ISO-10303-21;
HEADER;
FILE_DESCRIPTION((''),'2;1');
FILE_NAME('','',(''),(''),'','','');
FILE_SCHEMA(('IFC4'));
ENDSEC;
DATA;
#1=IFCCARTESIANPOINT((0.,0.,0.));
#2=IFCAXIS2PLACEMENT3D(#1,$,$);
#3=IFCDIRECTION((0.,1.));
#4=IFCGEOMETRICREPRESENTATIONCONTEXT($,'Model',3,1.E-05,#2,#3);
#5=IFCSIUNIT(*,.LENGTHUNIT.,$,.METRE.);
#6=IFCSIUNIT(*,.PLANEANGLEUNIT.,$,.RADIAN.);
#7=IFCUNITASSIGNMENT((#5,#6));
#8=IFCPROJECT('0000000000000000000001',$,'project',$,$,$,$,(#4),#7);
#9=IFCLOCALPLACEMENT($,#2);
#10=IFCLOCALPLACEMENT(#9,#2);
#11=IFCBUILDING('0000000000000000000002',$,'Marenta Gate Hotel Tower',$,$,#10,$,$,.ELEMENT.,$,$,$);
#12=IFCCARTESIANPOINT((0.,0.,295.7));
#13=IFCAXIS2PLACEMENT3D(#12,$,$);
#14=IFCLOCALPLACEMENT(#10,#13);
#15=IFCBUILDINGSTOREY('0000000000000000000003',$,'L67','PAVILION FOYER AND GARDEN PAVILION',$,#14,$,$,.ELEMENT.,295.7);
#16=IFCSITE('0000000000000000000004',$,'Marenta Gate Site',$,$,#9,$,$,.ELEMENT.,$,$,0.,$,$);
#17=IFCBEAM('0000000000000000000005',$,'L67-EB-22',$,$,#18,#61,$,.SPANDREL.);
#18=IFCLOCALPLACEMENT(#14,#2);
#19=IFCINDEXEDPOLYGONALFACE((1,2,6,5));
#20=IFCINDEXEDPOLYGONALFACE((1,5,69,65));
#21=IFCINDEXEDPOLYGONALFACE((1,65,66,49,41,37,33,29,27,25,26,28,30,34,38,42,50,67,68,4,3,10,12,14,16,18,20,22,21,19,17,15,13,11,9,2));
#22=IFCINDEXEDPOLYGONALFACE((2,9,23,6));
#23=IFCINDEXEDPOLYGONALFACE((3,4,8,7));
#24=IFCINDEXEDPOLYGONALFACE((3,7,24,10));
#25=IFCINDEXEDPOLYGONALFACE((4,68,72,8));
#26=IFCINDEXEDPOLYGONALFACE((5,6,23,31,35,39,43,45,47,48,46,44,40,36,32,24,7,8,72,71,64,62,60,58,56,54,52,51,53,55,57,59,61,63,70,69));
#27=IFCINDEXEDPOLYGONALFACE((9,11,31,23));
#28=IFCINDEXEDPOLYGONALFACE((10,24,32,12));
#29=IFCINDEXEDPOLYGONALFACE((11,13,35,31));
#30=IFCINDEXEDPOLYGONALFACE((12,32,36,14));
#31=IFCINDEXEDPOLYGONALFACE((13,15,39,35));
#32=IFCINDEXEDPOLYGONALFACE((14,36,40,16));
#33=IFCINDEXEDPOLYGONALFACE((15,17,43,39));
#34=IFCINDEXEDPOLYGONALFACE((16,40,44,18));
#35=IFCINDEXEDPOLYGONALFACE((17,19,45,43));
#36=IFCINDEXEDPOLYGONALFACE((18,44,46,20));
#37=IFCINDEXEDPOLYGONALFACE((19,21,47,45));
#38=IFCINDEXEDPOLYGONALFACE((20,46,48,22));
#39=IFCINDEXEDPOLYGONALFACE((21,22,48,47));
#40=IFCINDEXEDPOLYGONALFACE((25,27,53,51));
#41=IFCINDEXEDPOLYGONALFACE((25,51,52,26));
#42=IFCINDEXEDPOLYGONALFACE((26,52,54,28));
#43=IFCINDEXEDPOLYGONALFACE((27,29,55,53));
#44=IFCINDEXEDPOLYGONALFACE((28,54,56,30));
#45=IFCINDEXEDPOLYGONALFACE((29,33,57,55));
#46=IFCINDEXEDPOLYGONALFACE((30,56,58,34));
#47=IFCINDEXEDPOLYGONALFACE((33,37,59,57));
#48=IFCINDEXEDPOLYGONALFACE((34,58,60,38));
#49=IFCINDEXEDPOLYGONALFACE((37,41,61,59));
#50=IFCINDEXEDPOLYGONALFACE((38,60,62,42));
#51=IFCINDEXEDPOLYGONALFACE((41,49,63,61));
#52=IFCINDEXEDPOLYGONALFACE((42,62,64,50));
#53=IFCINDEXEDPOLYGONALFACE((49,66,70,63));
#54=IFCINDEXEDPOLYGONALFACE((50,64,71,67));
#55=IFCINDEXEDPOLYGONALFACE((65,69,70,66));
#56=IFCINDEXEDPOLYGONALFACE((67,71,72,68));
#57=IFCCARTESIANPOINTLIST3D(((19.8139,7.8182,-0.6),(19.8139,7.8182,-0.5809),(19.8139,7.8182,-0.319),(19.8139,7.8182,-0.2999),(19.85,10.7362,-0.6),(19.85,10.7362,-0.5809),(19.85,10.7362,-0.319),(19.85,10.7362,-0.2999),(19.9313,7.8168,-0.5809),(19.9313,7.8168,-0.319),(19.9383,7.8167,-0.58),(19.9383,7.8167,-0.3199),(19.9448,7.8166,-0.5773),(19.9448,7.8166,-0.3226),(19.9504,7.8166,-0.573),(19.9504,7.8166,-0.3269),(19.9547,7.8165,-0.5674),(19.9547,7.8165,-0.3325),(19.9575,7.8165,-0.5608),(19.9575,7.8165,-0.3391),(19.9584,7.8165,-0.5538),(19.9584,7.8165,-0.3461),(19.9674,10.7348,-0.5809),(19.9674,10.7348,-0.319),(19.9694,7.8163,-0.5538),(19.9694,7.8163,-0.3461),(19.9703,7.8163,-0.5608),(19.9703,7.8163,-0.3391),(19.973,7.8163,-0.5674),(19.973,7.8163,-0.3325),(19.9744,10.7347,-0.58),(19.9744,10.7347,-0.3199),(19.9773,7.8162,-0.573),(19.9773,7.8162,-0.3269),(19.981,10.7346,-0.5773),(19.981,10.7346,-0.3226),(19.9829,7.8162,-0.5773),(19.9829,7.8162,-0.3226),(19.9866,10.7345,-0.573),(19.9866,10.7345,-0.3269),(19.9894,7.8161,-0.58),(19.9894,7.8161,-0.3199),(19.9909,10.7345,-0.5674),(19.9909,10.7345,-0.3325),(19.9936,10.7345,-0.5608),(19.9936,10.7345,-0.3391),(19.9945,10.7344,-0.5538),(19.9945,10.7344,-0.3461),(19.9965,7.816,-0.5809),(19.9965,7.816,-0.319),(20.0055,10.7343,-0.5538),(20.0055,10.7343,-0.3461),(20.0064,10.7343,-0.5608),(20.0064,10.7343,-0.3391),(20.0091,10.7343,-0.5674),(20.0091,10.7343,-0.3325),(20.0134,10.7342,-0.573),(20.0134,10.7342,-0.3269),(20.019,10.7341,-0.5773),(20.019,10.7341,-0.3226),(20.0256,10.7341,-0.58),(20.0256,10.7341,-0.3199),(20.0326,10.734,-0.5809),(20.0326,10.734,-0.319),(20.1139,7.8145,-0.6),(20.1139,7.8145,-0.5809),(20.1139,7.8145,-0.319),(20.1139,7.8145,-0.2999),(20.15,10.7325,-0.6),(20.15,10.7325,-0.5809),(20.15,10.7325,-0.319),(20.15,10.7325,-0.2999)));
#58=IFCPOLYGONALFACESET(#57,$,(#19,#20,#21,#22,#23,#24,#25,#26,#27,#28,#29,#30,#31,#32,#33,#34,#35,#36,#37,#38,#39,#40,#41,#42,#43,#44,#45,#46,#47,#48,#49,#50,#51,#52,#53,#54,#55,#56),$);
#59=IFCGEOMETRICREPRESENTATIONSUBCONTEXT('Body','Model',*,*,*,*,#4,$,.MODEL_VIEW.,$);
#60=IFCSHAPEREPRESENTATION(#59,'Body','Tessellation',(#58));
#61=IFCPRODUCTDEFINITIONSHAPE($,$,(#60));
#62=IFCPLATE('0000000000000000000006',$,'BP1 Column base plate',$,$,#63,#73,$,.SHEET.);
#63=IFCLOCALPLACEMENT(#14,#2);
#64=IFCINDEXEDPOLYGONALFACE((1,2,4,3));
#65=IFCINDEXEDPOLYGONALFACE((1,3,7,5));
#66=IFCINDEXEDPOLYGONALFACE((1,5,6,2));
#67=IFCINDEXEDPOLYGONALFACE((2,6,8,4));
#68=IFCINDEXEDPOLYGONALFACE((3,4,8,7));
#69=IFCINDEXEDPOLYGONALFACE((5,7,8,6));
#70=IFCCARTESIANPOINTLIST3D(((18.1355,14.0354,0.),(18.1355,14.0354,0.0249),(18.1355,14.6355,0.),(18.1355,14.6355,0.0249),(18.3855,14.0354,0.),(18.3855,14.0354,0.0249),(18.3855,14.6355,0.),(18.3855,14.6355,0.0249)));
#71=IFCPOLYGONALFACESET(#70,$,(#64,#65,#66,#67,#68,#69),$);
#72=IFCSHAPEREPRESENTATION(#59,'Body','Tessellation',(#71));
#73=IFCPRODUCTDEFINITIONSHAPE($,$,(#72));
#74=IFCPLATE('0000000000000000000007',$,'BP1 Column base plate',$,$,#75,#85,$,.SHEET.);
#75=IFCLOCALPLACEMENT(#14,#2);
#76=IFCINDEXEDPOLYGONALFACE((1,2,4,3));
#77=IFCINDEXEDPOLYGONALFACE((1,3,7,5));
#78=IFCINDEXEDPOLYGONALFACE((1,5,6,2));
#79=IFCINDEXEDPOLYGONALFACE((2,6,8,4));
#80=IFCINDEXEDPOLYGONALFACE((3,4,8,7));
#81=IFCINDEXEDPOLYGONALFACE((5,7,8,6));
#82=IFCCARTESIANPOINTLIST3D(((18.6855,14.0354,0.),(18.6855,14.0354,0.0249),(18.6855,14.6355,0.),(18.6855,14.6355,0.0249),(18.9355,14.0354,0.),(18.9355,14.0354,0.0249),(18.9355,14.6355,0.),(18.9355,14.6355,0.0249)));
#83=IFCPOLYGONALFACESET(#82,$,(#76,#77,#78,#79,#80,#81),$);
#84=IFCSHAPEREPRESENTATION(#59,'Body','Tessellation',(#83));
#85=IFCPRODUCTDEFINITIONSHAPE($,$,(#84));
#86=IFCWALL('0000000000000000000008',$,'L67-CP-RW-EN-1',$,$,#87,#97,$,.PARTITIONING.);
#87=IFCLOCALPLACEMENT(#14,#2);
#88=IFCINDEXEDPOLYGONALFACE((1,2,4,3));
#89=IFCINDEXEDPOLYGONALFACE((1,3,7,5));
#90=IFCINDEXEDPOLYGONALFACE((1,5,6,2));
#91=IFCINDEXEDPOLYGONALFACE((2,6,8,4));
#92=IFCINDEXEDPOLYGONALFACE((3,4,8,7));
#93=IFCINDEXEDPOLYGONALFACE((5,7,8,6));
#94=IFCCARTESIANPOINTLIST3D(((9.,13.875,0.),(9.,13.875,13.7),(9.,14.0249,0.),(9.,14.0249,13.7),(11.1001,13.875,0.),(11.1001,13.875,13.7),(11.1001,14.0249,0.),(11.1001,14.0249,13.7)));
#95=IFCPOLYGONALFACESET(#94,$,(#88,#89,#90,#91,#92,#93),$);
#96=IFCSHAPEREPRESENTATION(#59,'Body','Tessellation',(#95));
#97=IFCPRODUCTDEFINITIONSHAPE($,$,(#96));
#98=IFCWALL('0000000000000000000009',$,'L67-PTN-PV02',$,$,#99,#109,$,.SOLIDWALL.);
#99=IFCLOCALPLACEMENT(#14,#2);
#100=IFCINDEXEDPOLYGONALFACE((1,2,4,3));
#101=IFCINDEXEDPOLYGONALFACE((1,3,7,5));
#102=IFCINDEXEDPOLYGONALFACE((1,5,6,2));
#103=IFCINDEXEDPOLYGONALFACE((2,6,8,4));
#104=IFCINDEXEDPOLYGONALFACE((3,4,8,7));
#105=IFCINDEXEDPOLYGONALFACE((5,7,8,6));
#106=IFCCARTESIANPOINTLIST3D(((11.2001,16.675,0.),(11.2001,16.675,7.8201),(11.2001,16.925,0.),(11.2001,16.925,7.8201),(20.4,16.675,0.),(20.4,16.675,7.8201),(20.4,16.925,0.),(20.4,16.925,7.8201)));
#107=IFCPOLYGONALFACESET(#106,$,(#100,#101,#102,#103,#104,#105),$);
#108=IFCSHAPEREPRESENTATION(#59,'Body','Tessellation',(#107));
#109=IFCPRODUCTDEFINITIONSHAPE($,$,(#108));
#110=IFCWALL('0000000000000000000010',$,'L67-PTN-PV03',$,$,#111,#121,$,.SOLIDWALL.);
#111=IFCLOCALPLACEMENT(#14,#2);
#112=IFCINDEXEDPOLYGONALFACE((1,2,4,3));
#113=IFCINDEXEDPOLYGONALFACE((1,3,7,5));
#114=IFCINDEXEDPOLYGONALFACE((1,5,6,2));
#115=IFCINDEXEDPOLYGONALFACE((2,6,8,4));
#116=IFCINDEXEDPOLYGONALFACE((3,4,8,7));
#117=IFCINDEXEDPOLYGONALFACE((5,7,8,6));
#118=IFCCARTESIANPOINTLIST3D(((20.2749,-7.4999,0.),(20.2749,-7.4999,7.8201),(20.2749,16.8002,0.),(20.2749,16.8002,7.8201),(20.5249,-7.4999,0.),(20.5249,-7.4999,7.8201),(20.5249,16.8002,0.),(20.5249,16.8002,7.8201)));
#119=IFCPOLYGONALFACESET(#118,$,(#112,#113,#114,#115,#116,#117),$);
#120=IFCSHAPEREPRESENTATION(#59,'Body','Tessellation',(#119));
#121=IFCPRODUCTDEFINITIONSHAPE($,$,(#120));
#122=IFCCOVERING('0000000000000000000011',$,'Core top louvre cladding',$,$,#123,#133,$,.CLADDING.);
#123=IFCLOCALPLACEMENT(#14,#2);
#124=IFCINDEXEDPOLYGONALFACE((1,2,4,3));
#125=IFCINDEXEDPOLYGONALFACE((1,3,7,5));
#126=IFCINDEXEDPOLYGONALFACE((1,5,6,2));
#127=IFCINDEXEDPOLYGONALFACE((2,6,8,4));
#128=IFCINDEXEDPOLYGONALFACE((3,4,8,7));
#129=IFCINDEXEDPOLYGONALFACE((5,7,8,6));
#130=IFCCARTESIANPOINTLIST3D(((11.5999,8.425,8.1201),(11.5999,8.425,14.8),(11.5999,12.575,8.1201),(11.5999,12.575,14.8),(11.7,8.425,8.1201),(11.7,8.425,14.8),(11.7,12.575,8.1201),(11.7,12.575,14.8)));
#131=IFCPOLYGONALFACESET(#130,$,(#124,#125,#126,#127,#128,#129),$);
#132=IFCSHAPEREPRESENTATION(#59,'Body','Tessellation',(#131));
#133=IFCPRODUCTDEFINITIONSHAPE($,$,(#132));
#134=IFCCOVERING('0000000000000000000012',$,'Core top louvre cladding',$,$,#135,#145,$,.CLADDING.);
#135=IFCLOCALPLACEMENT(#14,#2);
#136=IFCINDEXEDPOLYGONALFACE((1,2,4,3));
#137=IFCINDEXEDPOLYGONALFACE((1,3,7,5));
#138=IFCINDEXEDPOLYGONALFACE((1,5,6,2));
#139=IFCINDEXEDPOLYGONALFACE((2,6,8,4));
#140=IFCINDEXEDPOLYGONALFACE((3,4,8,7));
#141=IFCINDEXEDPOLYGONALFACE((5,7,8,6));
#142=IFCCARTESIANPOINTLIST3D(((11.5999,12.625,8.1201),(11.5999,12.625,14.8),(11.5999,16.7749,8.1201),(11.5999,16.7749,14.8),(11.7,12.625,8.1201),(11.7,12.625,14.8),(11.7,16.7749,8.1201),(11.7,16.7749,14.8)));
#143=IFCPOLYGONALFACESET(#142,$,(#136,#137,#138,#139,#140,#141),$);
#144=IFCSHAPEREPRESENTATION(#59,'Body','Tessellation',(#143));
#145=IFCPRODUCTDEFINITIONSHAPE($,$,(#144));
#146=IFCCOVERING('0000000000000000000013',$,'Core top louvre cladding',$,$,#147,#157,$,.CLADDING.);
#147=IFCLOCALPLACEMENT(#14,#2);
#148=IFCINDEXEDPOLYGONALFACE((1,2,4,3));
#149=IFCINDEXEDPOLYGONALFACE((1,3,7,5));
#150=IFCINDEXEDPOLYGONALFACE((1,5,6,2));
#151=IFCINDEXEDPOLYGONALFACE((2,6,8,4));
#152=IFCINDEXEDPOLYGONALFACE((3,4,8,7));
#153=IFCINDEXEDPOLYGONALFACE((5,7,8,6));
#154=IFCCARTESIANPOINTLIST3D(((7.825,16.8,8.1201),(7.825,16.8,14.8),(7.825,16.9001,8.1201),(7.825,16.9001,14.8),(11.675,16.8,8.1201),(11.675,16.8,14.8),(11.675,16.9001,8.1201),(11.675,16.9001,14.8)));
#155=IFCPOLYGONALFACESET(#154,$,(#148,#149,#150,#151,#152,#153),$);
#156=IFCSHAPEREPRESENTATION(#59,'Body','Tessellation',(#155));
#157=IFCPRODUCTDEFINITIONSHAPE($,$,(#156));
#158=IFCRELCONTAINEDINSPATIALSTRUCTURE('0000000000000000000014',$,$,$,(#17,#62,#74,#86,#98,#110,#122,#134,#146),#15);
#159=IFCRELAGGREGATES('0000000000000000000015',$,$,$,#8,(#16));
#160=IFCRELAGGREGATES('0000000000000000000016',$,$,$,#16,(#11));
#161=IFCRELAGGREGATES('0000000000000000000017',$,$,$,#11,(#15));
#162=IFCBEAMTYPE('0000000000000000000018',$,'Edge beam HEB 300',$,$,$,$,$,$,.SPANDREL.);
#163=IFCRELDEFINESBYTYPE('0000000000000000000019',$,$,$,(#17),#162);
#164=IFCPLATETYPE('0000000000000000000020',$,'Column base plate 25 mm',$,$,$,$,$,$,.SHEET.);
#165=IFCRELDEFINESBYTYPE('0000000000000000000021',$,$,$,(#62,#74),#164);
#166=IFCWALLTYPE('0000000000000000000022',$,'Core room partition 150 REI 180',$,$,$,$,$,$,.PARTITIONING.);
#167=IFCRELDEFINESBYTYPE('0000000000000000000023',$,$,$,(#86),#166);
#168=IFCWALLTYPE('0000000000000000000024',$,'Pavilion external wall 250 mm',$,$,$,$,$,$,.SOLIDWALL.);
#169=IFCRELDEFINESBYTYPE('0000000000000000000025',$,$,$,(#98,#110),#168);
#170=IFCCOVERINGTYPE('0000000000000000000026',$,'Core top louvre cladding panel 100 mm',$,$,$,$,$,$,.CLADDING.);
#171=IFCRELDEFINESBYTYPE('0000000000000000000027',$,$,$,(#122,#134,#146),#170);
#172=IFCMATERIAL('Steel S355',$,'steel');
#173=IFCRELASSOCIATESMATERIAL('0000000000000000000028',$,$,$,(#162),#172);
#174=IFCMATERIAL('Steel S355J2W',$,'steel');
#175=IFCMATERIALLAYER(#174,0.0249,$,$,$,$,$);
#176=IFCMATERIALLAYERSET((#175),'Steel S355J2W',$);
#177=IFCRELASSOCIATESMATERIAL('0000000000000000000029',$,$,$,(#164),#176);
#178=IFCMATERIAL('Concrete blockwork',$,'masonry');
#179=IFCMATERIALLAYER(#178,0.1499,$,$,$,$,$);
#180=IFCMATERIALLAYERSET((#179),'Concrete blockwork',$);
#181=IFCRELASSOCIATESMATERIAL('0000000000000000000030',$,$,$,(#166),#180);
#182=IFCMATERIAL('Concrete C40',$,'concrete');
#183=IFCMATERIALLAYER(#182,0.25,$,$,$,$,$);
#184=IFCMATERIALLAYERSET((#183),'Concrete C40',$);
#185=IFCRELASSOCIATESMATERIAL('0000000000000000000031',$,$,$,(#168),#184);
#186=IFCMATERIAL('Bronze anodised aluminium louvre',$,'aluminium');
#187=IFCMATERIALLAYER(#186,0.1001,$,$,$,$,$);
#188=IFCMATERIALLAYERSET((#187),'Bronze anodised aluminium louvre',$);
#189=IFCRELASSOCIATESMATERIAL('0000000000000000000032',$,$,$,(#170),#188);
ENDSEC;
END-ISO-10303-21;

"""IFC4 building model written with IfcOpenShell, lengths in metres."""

from ifc_helpers import new_model, si_unit, direction, frame, frame_2d, origin, origin_2d, place, context, subcontext, project, spatial, rectangle, i_section, extrude, material, layer, layer_set, material_profile, profile_set, type_object, element, save


model = new_model("IFC4")

# Units and contexts
model_context = context("Model", 3, precision=1e-05, world=origin(), true_north=direction((0.0, 1.0)))
body_context = subcontext(model_context, "Body", "Model", "MODEL_VIEW")
ifc_project = project(units=[si_unit("LENGTHUNIT", "METRE"), si_unit("PLANEANGLEUNIT", "RADIAN")], contexts=[model_context])

# Site, building, storey
site_placement = place(None, origin())
site = spatial("IfcSite", under=ifc_project, at=site_placement, Name="Marenta Gate Site", CompositionType="ELEMENT", RefElevation=0.0)
building_placement = place(site_placement, origin())
building = spatial("IfcBuilding", under=site, at=building_placement, Name="Marenta Gate Hotel Tower", CompositionType="ELEMENT")
storey_placement = place(building_placement, frame((0.0, 0.0, 295.7)))
storey = spatial("IfcBuildingStorey", under=building, at=storey_placement, Name="L67", Description="PAVILION FOYER AND GARDEN PAVILION", CompositionType="ELEMENT", Elevation=295.7)

# Beam
ifc_material_1 = material(Name="Steel S355", Category="steel")
ifc_material_profile_1 = material_profile(ifc_material_1, i_section(OverallWidth=0.3, OverallDepth=0.3, WebThickness=0.011, FlangeThickness=0.019, FilletRadius=0.0271, at=origin_2d()), Name="HEB 300")
ifc_profile_set_1 = profile_set([ifc_material_profile_1], Name="Steel S355")
beam_type_1 = type_object("IfcBeamType", Name="Edge beam HEB 300", PredefinedType="SPANDREL", material=ifc_profile_set_1)
beam_1_placement = place(storey_placement, frame((20.0, 10.7344, -0.45), z_axis=(-0.012382, -0.999923, 0.0), x_axis=(0.999923, -0.012382, 0.0)))
element("IfcBeam", 1, at=beam_1_placement, inside=storey, type_object=beam_type_1, Name="L67-EB-22", PredefinedType="SPANDREL", context=body_context, shape_type="SweptSolid", body=[
    extrude(i_section(OverallWidth=0.3, OverallDepth=0.3, WebThickness=0.011, FlangeThickness=0.019, FilletRadius=0.0271, at=origin_2d()), origin(), (0.0, 0.0, 1.0), 2.9182),
])

# Plates
ifc_material_2 = material(Name="Steel S355J2W", Category="steel")
ifc_layer_1 = layer(ifc_material_2, 0.0249)
ifc_layer_set_1 = layer_set([ifc_layer_1], Name="Steel S355J2W")
plate_type = type_object("IfcPlateType", Name="Column base plate 25 mm", PredefinedType="SHEET", material=ifc_layer_set_1)
for number, where, z_axis, x_axis, name in (
    (2, (18.2605, 14.3354, 0.0), (0.0, 0.0, 1.0), (1.0, 0.0, 0.0), "BP1 Column base plate"),
    (3, (18.8105, 14.3354, 0.0), (0.0, 0.0, 1.0), (1.0, 0.0, 0.0), "BP1 Column base plate"),
):
    element("IfcPlate", number, at=place(storey_placement, frame(where, z_axis=z_axis, x_axis=x_axis)), inside=storey, type_object=plate_type, Name=name, PredefinedType="SHEET", context=body_context, shape_type="SweptSolid", body=[
        extrude(rectangle(XDim=0.25, YDim=0.6001, at=origin_2d()), origin(), (0.0, 0.0, 1.0), 0.0249),
    ])

# Walls
ifc_material_3 = material(Name="Concrete blockwork", Category="masonry")
ifc_layer_2 = layer(ifc_material_3, 0.1499)
ifc_layer_set_2 = layer_set([ifc_layer_2], Name="Concrete blockwork")
wall_type_1 = type_object("IfcWallType", Name="Core room partition 150 REI 180", PredefinedType="PARTITIONING", material=ifc_layer_set_2)
wall_1_placement = place(storey_placement, frame((9.0, 13.95, 0.0), z_axis=(0.0, 0.0, 1.0), x_axis=(1.0, 0.0, 0.0)))
element("IfcWall", 4, at=wall_1_placement, inside=storey, type_object=wall_type_1, Name="L67-CP-RW-EN-1", PredefinedType="PARTITIONING", context=body_context, shape_type="SweptSolid", body=[
    extrude(rectangle(XDim=2.1001, YDim=0.1499, at=frame_2d((1.05, 0.0))), origin(), (0.0, 0.0, 1.0), 13.7),
])
ifc_material_4 = material(Name="Concrete C40", Category="concrete")
ifc_layer_3 = layer(ifc_material_4, 0.25)
ifc_layer_set_3 = layer_set([ifc_layer_3], Name="Concrete C40")
wall_type_2 = type_object("IfcWallType", Name="Pavilion external wall 250 mm", PredefinedType="SOLIDWALL", material=ifc_layer_set_3)
wall_2_placement = place(storey_placement, frame((11.2, 16.8, 0.0), z_axis=(0.0, 0.0, 1.0), x_axis=(1.0, 0.0, 0.0)))
element("IfcWall", 5, at=wall_2_placement, inside=storey, type_object=wall_type_2, Name="L67-PTN-PV02", PredefinedType="SOLIDWALL", context=body_context, shape_type="SweptSolid", body=[
    extrude(rectangle(XDim=9.2, YDim=0.25, at=frame_2d((4.6001, 0.0))), origin(), (0.0, 0.0, 1.0), 7.8201),
])
wall_3_placement = place(storey_placement, frame((20.3999, 16.8, 0.0), z_axis=(0.0, 0.0, 1.0), x_axis=(0.0, -1.0, 0.0)))
element("IfcWall", 6, at=wall_3_placement, inside=storey, type_object=wall_type_2, Name="L67-PTN-PV03", PredefinedType="SOLIDWALL", context=body_context, shape_type="SweptSolid", body=[
    extrude(rectangle(XDim=24.3, YDim=0.25, at=frame_2d((12.1499, 0.0))), origin(), (0.0, 0.0, 1.0), 7.8201),
])

# Coverings
ifc_material_5 = material(Name="Bronze anodised aluminium louvre", Category="aluminium")
ifc_layer_4 = layer(ifc_material_5, 0.1001)
ifc_layer_set_4 = layer_set([ifc_layer_4], Name="Bronze anodised aluminium louvre")
covering_type = type_object("IfcCoveringType", Name="Core top louvre cladding panel 100 mm", PredefinedType="CLADDING", material=ifc_layer_set_4)
for number, where, z_axis, x_axis, name in (
    (7, (11.6499, 10.5, 8.1201), (0.0, 0.0, 1.0), (1.0, 0.0, 0.0), "Core top louvre cladding"),
    (8, (11.6499, 14.7, 8.1201), (0.0, 0.0, 1.0), (1.0, 0.0, 0.0), "Core top louvre cladding"),
):
    element("IfcCovering", number, at=place(storey_placement, frame(where, z_axis=z_axis, x_axis=x_axis)), inside=storey, type_object=covering_type, Name=name, PredefinedType="CLADDING", context=body_context, shape_type="SweptSolid", body=[
        extrude(rectangle(XDim=0.1001, YDim=4.1499, at=origin_2d()), origin(), (0.0, 0.0, 1.0), 6.6799),
    ])
covering_placement = place(storey_placement, frame((9.75, 16.8501, 8.1201), z_axis=(0.0, 0.0, 1.0), x_axis=(1.0, 0.0, 0.0)))
element("IfcCovering", 9, at=covering_placement, inside=storey, type_object=covering_type, Name="Core top louvre cladding", PredefinedType="CLADDING", context=body_context, shape_type="SweptSolid", body=[
    extrude(rectangle(XDim=3.8501, YDim=0.1001, at=origin_2d()), origin(), (0.0, 0.0, 1.0), 6.6799),
])

save(model, "model.ifc")
